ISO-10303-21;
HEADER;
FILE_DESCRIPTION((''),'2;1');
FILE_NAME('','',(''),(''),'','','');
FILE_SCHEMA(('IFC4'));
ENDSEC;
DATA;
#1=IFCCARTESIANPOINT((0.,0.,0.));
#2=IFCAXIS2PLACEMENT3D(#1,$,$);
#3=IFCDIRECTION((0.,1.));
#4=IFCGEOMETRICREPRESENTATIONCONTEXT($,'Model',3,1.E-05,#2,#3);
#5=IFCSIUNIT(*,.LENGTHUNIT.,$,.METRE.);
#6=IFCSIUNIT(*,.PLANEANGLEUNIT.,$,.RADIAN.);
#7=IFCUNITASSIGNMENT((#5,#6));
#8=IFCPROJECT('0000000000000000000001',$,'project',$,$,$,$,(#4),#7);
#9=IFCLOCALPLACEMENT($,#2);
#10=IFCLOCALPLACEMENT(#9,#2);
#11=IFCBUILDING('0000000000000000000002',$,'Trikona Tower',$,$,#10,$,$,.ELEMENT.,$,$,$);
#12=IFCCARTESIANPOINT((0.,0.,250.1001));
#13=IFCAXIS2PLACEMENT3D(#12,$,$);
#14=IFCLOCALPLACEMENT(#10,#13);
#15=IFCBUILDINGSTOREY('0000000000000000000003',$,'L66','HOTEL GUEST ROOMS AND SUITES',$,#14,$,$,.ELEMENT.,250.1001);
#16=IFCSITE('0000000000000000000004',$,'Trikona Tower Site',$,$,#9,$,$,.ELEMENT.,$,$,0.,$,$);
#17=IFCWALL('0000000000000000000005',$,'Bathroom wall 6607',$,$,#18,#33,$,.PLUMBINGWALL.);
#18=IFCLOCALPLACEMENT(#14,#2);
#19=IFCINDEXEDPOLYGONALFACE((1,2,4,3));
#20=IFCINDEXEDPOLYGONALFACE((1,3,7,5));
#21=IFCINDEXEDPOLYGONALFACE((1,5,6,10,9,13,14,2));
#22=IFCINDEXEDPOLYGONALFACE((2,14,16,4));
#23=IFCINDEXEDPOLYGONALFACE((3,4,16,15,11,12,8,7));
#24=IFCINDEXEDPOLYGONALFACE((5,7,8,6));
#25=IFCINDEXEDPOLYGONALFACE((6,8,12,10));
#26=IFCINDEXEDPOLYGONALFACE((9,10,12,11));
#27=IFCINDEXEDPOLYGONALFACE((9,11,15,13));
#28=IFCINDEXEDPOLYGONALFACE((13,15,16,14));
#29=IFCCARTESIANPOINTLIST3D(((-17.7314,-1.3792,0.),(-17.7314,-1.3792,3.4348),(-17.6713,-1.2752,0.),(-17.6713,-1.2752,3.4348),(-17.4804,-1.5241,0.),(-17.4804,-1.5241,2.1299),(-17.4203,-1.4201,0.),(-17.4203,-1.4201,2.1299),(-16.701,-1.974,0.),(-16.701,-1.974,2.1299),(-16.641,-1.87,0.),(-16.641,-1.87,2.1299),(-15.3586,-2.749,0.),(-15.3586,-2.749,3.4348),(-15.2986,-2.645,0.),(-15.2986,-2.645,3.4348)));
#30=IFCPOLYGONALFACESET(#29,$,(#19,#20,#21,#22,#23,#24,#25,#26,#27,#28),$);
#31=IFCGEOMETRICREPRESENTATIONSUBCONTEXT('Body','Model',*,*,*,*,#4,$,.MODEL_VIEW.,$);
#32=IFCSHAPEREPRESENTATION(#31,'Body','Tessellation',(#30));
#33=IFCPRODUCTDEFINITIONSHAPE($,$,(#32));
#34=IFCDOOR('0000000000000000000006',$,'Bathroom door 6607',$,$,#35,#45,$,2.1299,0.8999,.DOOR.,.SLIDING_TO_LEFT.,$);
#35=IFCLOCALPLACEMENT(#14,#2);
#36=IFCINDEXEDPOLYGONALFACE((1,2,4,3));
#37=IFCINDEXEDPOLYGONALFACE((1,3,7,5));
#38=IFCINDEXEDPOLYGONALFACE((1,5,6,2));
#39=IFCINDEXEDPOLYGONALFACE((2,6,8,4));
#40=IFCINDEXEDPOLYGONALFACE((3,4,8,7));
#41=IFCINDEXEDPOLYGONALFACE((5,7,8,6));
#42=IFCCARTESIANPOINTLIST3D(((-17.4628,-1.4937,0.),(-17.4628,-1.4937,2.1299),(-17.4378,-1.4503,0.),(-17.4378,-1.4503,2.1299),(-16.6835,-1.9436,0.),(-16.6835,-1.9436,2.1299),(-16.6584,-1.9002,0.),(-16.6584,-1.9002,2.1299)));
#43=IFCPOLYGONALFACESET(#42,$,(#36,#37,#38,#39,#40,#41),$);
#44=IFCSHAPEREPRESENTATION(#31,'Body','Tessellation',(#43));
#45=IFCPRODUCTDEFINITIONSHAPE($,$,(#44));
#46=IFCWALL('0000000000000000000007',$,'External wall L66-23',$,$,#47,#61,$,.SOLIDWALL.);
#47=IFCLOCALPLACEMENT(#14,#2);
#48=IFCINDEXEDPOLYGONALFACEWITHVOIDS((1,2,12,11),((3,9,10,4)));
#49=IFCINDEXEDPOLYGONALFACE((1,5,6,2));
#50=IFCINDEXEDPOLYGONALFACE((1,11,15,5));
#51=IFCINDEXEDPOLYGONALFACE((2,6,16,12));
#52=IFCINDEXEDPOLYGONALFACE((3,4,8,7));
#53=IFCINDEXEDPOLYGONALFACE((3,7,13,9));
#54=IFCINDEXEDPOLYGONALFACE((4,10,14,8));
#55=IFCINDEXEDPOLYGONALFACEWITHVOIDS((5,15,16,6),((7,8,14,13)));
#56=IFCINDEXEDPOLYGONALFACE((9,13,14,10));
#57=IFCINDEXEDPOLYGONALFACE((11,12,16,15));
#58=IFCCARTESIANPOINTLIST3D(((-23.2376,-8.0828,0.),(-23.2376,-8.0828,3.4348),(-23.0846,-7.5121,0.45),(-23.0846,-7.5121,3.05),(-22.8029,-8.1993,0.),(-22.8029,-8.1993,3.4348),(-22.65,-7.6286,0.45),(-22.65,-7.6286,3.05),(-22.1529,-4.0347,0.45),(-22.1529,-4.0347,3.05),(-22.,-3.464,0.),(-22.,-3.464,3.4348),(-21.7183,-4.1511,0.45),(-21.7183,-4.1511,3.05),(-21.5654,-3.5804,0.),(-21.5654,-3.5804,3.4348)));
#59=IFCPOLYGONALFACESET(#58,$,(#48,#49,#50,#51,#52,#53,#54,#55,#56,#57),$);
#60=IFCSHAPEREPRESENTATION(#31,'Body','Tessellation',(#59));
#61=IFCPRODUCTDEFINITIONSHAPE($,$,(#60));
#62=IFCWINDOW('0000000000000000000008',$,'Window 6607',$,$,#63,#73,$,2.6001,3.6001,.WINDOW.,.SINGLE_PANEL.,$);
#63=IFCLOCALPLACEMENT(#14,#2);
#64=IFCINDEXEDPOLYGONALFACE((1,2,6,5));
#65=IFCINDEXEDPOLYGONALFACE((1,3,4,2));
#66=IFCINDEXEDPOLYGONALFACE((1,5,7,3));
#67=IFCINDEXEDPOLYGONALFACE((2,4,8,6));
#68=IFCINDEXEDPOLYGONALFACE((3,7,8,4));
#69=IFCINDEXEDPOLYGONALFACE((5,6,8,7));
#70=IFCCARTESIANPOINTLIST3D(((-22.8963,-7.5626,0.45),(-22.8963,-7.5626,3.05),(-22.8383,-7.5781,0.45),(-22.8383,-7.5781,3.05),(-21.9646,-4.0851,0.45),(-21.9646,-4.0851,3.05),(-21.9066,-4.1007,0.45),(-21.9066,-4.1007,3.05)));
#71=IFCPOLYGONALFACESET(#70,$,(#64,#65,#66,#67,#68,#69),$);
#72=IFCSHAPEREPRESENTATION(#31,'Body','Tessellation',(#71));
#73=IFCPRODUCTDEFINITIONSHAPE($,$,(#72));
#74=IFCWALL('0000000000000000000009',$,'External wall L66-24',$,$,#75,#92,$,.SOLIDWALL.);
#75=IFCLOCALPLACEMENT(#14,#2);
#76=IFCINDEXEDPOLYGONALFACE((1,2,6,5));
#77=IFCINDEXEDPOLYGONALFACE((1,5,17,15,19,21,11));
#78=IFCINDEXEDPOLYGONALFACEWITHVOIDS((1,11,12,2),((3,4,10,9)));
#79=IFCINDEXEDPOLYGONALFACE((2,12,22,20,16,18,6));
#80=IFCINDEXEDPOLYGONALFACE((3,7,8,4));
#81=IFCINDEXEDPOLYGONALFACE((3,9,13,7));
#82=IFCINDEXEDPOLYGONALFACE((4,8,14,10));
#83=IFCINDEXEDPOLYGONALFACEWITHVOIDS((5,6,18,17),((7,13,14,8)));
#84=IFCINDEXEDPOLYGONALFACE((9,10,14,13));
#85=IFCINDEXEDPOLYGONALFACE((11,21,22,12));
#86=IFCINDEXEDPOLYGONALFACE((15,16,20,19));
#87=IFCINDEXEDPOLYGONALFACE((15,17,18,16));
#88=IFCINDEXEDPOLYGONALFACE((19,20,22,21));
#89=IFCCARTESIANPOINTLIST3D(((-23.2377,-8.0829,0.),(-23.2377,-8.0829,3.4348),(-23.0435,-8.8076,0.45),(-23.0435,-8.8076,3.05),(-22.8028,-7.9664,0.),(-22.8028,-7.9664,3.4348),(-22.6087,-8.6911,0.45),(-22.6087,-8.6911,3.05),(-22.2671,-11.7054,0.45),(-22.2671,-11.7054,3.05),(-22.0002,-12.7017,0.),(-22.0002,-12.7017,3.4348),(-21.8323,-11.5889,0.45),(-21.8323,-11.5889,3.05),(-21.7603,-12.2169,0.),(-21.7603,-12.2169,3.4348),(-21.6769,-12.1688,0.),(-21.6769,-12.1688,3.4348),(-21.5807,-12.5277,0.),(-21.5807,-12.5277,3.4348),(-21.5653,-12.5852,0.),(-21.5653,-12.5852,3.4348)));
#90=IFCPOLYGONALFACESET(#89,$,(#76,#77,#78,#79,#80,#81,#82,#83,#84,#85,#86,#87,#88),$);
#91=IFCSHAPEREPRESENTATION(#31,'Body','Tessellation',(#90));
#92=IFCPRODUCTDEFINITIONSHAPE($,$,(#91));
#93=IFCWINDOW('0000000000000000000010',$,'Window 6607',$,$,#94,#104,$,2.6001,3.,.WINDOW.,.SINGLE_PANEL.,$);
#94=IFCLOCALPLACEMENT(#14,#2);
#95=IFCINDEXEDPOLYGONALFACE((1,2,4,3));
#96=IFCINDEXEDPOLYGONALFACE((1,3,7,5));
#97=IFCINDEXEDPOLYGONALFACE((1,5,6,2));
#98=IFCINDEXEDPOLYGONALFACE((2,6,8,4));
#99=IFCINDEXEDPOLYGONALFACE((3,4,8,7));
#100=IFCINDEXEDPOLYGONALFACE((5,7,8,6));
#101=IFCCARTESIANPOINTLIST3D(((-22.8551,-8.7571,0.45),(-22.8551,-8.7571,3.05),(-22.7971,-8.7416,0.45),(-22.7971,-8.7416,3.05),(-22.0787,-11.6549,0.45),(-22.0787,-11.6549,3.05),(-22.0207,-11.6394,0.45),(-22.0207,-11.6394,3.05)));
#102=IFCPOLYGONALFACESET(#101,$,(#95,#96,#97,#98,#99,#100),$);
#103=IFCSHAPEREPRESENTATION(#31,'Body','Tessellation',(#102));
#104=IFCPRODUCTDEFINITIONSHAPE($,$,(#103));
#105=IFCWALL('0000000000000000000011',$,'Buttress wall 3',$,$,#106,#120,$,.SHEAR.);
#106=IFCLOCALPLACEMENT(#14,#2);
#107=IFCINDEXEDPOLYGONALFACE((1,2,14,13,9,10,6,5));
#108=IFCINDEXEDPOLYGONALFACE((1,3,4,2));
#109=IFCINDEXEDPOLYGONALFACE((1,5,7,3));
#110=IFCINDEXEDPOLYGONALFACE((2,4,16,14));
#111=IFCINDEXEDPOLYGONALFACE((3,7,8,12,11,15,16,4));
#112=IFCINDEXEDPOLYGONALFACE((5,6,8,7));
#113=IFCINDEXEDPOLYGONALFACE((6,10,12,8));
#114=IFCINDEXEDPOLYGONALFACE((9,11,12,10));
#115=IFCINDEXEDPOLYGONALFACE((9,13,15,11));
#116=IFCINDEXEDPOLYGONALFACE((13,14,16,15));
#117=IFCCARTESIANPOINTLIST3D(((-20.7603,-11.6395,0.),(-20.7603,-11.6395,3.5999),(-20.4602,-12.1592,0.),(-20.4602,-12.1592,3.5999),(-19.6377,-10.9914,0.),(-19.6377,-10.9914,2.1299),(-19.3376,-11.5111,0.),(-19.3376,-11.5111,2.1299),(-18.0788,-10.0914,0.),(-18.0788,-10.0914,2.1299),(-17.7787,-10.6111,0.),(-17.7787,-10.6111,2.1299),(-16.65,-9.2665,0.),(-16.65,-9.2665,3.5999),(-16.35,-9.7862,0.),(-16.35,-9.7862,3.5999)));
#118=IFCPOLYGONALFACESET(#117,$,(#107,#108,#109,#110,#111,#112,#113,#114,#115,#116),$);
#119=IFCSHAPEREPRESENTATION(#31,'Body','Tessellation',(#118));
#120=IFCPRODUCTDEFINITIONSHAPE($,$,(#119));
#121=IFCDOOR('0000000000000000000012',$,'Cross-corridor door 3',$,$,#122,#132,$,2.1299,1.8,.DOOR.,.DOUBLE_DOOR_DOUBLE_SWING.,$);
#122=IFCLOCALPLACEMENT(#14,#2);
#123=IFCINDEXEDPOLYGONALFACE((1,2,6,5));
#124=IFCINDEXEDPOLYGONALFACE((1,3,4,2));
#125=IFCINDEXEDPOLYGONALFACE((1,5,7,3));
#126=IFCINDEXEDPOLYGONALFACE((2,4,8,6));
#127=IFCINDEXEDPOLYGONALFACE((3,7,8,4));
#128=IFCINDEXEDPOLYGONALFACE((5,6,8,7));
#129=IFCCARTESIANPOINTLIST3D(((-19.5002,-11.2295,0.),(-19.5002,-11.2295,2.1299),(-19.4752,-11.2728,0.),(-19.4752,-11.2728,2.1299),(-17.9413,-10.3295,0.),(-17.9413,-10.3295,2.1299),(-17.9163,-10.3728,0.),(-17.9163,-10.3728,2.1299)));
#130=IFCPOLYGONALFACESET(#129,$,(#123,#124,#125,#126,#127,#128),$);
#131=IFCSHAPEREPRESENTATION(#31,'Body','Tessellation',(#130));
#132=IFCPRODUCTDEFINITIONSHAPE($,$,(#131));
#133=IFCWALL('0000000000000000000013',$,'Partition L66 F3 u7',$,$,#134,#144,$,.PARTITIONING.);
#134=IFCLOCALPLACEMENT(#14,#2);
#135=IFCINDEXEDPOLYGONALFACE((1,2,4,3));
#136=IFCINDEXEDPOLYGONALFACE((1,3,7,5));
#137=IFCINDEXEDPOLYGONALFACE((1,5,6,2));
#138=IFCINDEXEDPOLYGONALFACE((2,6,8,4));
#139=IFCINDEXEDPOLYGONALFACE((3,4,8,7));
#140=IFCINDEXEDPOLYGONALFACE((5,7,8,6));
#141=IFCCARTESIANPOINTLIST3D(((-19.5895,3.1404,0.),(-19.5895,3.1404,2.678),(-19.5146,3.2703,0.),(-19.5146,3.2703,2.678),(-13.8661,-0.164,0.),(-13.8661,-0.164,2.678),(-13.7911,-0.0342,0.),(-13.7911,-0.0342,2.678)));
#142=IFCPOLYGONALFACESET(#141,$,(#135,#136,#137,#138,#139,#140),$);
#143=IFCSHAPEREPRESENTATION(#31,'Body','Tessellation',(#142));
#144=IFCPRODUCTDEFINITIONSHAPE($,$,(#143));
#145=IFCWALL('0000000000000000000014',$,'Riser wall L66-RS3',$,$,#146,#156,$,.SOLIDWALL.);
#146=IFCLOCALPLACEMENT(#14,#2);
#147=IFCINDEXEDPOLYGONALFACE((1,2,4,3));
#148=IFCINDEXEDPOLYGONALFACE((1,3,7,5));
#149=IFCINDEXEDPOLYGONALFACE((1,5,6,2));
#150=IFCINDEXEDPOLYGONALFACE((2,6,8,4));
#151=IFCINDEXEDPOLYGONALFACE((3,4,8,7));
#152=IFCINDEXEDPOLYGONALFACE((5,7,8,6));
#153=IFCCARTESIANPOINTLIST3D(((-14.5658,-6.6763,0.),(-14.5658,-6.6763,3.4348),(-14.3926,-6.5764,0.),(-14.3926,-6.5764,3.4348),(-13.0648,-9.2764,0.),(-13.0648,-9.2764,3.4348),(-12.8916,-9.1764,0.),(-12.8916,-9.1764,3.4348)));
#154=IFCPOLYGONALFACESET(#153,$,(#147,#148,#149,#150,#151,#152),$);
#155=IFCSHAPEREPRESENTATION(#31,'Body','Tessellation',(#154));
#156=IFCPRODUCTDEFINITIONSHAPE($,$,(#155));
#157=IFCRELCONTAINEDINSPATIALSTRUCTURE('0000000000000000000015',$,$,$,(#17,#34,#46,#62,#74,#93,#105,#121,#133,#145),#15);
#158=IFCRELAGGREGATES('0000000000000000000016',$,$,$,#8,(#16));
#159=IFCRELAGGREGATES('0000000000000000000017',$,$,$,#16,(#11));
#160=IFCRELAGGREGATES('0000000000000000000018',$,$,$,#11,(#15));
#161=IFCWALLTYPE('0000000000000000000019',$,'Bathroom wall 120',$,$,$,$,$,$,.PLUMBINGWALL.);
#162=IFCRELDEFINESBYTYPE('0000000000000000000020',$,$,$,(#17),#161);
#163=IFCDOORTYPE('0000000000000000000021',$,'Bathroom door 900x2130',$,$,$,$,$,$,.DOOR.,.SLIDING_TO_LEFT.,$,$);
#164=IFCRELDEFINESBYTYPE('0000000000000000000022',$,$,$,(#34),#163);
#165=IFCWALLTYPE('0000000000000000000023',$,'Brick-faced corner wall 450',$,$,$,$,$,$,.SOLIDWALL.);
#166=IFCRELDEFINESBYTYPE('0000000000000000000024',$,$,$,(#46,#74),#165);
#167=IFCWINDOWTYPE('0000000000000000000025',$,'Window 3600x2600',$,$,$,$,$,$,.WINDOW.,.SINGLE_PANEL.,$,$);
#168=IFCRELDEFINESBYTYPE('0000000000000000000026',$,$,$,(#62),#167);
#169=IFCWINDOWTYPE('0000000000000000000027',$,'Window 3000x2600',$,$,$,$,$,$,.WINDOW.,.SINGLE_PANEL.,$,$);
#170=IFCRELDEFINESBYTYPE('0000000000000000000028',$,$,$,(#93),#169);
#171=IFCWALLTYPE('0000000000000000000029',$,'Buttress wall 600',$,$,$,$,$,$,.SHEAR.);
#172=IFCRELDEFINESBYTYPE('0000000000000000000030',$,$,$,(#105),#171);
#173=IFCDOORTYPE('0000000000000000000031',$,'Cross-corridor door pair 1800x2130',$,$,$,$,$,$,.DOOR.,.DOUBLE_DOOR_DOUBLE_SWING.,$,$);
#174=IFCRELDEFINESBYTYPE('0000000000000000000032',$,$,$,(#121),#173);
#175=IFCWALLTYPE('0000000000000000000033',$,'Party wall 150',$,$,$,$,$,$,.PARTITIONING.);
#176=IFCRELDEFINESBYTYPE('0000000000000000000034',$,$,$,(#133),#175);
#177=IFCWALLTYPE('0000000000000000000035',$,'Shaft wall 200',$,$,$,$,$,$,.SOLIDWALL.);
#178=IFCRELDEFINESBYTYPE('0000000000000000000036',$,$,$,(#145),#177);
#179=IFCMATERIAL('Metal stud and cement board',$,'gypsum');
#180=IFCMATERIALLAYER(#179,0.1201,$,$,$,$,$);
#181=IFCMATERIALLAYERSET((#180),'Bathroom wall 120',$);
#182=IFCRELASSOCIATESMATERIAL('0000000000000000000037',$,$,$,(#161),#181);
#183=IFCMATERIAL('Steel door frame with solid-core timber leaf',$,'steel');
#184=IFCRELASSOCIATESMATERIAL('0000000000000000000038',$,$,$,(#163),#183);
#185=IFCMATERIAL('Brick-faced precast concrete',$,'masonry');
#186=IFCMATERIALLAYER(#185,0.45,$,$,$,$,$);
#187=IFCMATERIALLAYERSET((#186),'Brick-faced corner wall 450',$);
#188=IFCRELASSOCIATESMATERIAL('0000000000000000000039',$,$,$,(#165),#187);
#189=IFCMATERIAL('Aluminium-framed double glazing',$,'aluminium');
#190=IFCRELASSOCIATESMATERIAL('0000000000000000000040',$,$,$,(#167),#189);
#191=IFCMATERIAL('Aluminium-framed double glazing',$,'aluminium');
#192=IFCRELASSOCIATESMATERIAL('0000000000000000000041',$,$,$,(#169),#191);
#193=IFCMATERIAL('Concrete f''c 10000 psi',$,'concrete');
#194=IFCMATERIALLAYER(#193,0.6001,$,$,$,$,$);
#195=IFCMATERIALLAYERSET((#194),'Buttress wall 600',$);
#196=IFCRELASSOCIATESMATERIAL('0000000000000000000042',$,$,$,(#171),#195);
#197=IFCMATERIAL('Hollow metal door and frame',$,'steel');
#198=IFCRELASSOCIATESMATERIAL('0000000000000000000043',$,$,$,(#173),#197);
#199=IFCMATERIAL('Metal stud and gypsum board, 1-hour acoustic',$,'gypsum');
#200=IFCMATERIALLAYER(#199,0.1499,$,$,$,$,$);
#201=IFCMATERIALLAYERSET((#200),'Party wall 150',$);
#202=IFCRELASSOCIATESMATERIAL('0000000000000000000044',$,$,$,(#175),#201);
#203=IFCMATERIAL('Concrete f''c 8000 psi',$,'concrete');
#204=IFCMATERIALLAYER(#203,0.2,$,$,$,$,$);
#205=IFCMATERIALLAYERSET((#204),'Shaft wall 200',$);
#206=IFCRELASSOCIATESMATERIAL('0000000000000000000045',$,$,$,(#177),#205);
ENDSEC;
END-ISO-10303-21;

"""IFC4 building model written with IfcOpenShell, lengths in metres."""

from ifc_helpers import new_model, si_unit, direction, frame, frame_2d, origin, place, context, subcontext, project, spatial, polyline, rectangle, outline, extrude, material, layer, layer_set, type_object, element, fill, save


model = new_model("IFC4")

# Units and contexts
model_context = context("Model", 3, precision=1e-05, world=origin(), true_north=direction((0.0, 1.0)))
body_context = subcontext(model_context, "Body", "Model", "MODEL_VIEW")
ifc_project = project(units=[si_unit("LENGTHUNIT", "METRE"), si_unit("PLANEANGLEUNIT", "RADIAN")], contexts=[model_context])

# Site, building, storey
site_placement = place(None, origin())
site = spatial("IfcSite", under=ifc_project, at=site_placement, Name="Trikona Tower Site", CompositionType="ELEMENT", RefElevation=0.0)
building_placement = place(site_placement, origin())
building = spatial("IfcBuilding", under=site, at=building_placement, Name="Trikona Tower", CompositionType="ELEMENT")
storey_placement = place(building_placement, frame((0.0, 0.0, 250.1001)))
storey = spatial("IfcBuildingStorey", under=building, at=storey_placement, Name="L66", Description="HOTEL GUEST ROOMS AND SUITES", CompositionType="ELEMENT", Elevation=250.1001)

# Shared definitions
ifc_material_1 = material(Name="Metal stud and cement board", Category="gypsum")
ifc_layer_1 = layer(ifc_material_1, 0.1201)
ifc_layer_set_1 = layer_set([ifc_layer_1], Name="Bathroom wall 120")
wall_type_1 = type_object("IfcWallType", Name="Bathroom wall 120", PredefinedType="PLUMBINGWALL", material=ifc_layer_set_1)
ifc_material_2 = material(Name="Steel door frame with solid-core timber leaf", Category="steel")
door_type_1 = type_object("IfcDoorType", Name="Bathroom door 900x2130", OperationType="SLIDING_TO_LEFT", PredefinedType="DOOR", material=ifc_material_2)

# Wall, opening, door
wall_1_placement = place(storey_placement, frame((-15.3286, -2.697, 0.0), z_axis=(0.0, 0.0, 1.0), x_axis=(-0.866036, 0.499982, 0.0)))
wall_1 = element("IfcWall", 1, at=wall_1_placement, inside=storey, type_object=wall_type_1, Name="Bathroom wall 6607", PredefinedType="PLUMBINGWALL", context=body_context, shape_type="SweptSolid", body=[
    extrude(rectangle(XDim=2.7397, YDim=0.1201, at=frame_2d((1.3699, 0.0))), origin(), (0.0, 0.0, 1.0), 3.4348),
])
opening_1_placement = place(wall_1_placement, frame((1.55, 0.0, 0.0)))
opening_1 = element("IfcOpeningElement", 2, at=opening_1_placement, cuts=wall_1, PredefinedType="OPENING", context=body_context, shape_type="SweptSolid", body=[
    extrude(rectangle(XDim=0.8999, YDim=2.1299, at=frame_2d((0.45, 1.0649))), frame((0.0, 0.0701, 0.0), z_axis=(0.0, -1.0, 0.0), x_axis=(1.0, 0.0, 0.0)), (0.0, 0.0, 1.0), 0.1401),
])
door_1_placement = place(opening_1_placement, origin())
door_1 = element("IfcDoor", 3, at=door_1_placement, inside=storey, type_object=door_type_1, Name="Bathroom door 6607", OperationType="SLIDING_TO_LEFT", OverallHeight=2.1299, OverallWidth=0.8999, PredefinedType="DOOR", context=body_context, shape_type="SweptSolid", body=[
    extrude(rectangle(XDim=0.8999, YDim=2.1299, at=frame_2d((0.45, 1.0649))), frame((0.0, 0.0249, 0.0), z_axis=(0.0, -1.0, 0.0), x_axis=(1.0, 0.0, 0.0)), (0.0, 0.0, 1.0), 0.05),
])
fill(opening_1, door_1)

# Walls, openings, windows
ifc_material_3 = material(Name="Brick-faced precast concrete", Category="masonry")
ifc_layer_2 = layer(ifc_material_3, 0.45)
ifc_layer_set_2 = layer_set([ifc_layer_2], Name="Brick-faced corner wall 450")
wall_type_2 = type_object("IfcWallType", Name="Brick-faced corner wall 450", PredefinedType="SOLIDWALL", material=ifc_layer_set_2)
wall_2_placement = place(storey_placement, frame((-21.7827, -3.5222, 0.0), z_axis=(0.0, 0.0, 1.0), x_axis=(-0.258803, -0.96593, 0.0)))
wall_2 = element("IfcWall", 4, at=wall_2_placement, inside=storey, type_object=wall_type_2, Name="External wall L66-23", PredefinedType="SOLIDWALL", context=body_context, shape_type="SweptSolid", body=[
    extrude(rectangle(XDim=4.7817, YDim=0.45, at=frame_2d((2.3909, 0.0))), origin(), (0.0, 0.0, 1.0), 3.4348),
])
opening_2_placement = place(wall_2_placement, frame((0.5908, 0.0, 0.45)))
opening_2 = element("IfcOpeningElement", 5, at=opening_2_placement, cuts=wall_2, PredefinedType="OPENING", context=body_context, shape_type="SweptSolid", body=[
    extrude(rectangle(XDim=3.6001, YDim=2.6001, at=frame_2d((1.8, 1.3))), frame((0.0, 0.2349, 0.0), z_axis=(0.0, -1.0, 0.0), x_axis=(1.0, 0.0, 0.0)), (0.0, 0.0, 1.0), 0.47),
])
ifc_material_4 = material(Name="Aluminium-framed double glazing", Category="aluminium")
window_type_1 = type_object("IfcWindowType", Name="Window 3600x2600", PartitioningType="SINGLE_PANEL", PredefinedType="WINDOW", material=ifc_material_4)
window_1_placement = place(opening_2_placement, origin())
window_1 = element("IfcWindow", 6, at=window_1_placement, inside=storey, type_object=window_type_1, Name="Window 6607", OverallHeight=2.6001, OverallWidth=3.6001, PartitioningType="SINGLE_PANEL", PredefinedType="WINDOW", context=body_context, shape_type="SweptSolid", body=[
    extrude(rectangle(XDim=3.6001, YDim=2.6001, at=frame_2d((1.8, 1.3))), frame((0.0, 0.03, 0.0), z_axis=(0.0, -1.0, 0.0), x_axis=(1.0, 0.0, 0.0)), (0.0, 0.0, 1.0), 0.0601),
])
fill(opening_2, window_1)
wall_3_placement = place(storey_placement, frame((-23.0203, -8.0247, 0.0), z_axis=(0.0, 0.0, 1.0), x_axis=(0.258803, -0.96593, 0.0)))
wall_3 = element("IfcWall", 7, at=wall_3_placement, inside=storey, type_object=wall_type_2, Name="External wall L66-24", PredefinedType="SOLIDWALL", context=body_context, shape_type="SweptSolid", body=[
    extrude(outline(polyline([(4.7817, 0.2251), (4.7222, 0.2251), (4.3755, 0.1321), (4.3506, 0.2251), (0.0, 0.2251), (0.0, -0.2251), (4.7817, -0.2251), (4.7817, 0.2251)])), origin(), (0.0, 0.0, 1.0), 3.4348),
])
opening_3_placement = place(wall_3_placement, frame((0.7502, 0.0, 0.45)))
opening_3 = element("IfcOpeningElement", 8, at=opening_3_placement, cuts=wall_3, PredefinedType="OPENING", context=body_context, shape_type="SweptSolid", body=[
    extrude(rectangle(XDim=3.0, YDim=2.6001, at=frame_2d((1.5, 1.3))), frame((0.0, 0.2349, 0.0), z_axis=(0.0, -1.0, 0.0), x_axis=(1.0, 0.0, 0.0)), (0.0, 0.0, 1.0), 0.47),
])
ifc_material_5 = material(Name="Aluminium-framed double glazing", Category="aluminium")
window_type_2 = type_object("IfcWindowType", Name="Window 3000x2600", PartitioningType="SINGLE_PANEL", PredefinedType="WINDOW", material=ifc_material_5)
window_2_placement = place(opening_3_placement, origin())
window_2 = element("IfcWindow", 9, at=window_2_placement, inside=storey, type_object=window_type_2, Name="Window 6607", OverallHeight=2.6001, OverallWidth=3.0, PartitioningType="SINGLE_PANEL", PredefinedType="WINDOW", context=body_context, shape_type="SweptSolid", body=[
    extrude(rectangle(XDim=3.0, YDim=2.6001, at=frame_2d((1.5, 1.3))), frame((0.0, 0.03, 0.0), z_axis=(0.0, -1.0, 0.0), x_axis=(1.0, 0.0, 0.0)), (0.0, 0.0, 1.0), 0.0601),
])
fill(opening_3, window_2)

# Wall, opening, door
ifc_material_6 = material(Name="Concrete f'c 10000 psi", Category="concrete")
ifc_layer_3 = layer(ifc_material_6, 0.6001)
ifc_layer_set_3 = layer_set([ifc_layer_3], Name="Buttress wall 600")
wall_type_3 = type_object("IfcWallType", Name="Buttress wall 600", PredefinedType="SHEAR", material=ifc_layer_set_3)
wall_4_placement = place(storey_placement, frame((-16.5, -9.5264, 0.0), z_axis=(0.0, 0.0, 1.0), x_axis=(-0.866031, -0.49999, 0.0)))
wall_4 = element("IfcWall", 10, at=wall_4_placement, inside=storey, type_object=wall_type_3, Name="Buttress wall 3", PredefinedType="SHEAR", context=body_context, shape_type="SweptSolid", body=[
    extrude(rectangle(XDim=4.7461, YDim=0.6001, at=frame_2d((2.373, 0.0))), origin(), (0.0, 0.0, 1.0), 3.5999),
])
opening_4_placement = place(wall_4_placement, frame((1.6499, 0.0, 0.0)))
opening_4 = element("IfcOpeningElement", 11, at=opening_4_placement, cuts=wall_4, PredefinedType="OPENING", context=body_context, shape_type="SweptSolid", body=[
    extrude(rectangle(XDim=1.8, YDim=2.1299, at=frame_2d((0.8999, 1.0649))), frame((0.0, 0.3101, 0.0), z_axis=(0.0, -1.0, 0.0), x_axis=(1.0, 0.0, 0.0)), (0.0, 0.0, 1.0), 0.6201),
])
ifc_material_7 = material(Name="Hollow metal door and frame", Category="steel")
door_type_2 = type_object("IfcDoorType", Name="Cross-corridor door pair 1800x2130", OperationType="DOUBLE_DOOR_DOUBLE_SWING", PredefinedType="DOOR", material=ifc_material_7)
door_2_placement = place(opening_4_placement, origin())
door_2 = element("IfcDoor", 12, at=door_2_placement, inside=storey, type_object=door_type_2, Name="Cross-corridor door 3", OperationType="DOUBLE_DOOR_DOUBLE_SWING", OverallHeight=2.1299, OverallWidth=1.8, PredefinedType="DOOR", context=body_context, shape_type="SweptSolid", body=[
    extrude(rectangle(XDim=1.8, YDim=2.1299, at=frame_2d((0.8999, 1.0649))), frame((0.0, 0.0249, 0.0), z_axis=(0.0, -1.0, 0.0), x_axis=(1.0, 0.0, 0.0)), (0.0, 0.0, 1.0), 0.05),
])
fill(opening_4, door_2)

# Walls
ifc_material_8 = material(Name="Metal stud and gypsum board, 1-hour acoustic", Category="gypsum")
ifc_layer_4 = layer(ifc_material_8, 0.1499)
ifc_layer_set_4 = layer_set([ifc_layer_4], Name="Party wall 150")
wall_type_4 = type_object("IfcWallType", Name="Party wall 150", PredefinedType="PARTITIONING", material=ifc_layer_set_4)
wall_5_placement = place(storey_placement, frame((-13.8286, -0.0991, 0.0), z_axis=(0.0, 0.0, 1.0), x_axis=(-0.866023, 0.500005, 0.0)))
element("IfcWall", 13, at=wall_5_placement, inside=storey, type_object=wall_type_4, Name="Partition L66 F3 u7", PredefinedType="PARTITIONING", context=body_context, shape_type="SweptSolid", body=[
    extrude(rectangle(XDim=6.6089, YDim=0.1499, at=frame_2d((3.3044, 0.0))), origin(), (0.0, 0.0, 1.0), 2.678),
])
ifc_material_9 = material(Name="Concrete f'c 8000 psi", Category="concrete")
ifc_layer_5 = layer(ifc_material_9, 0.2)
ifc_layer_set_5 = layer_set([ifc_layer_5], Name="Shaft wall 200")
wall_type_5 = type_object("IfcWallType", Name="Shaft wall 200", PredefinedType="SOLIDWALL", material=ifc_layer_set_5)
wall_6_placement = place(storey_placement, frame((-12.9783, -9.2263, 0.0), z_axis=(0.0, 0.0, 1.0), x_axis=(-0.499952, 0.866053, 0.0)))
element("IfcWall", 14, at=wall_6_placement, inside=storey, type_object=wall_type_5, Name="Riser wall L66-RS3", PredefinedType="SOLIDWALL", context=body_context, shape_type="SweptSolid", body=[
    extrude(rectangle(XDim=3.0022, YDim=0.2, at=frame_2d((1.501, 0.0))), origin(), (0.0, 0.0, 1.0), 3.4348),
])

save(model, "model.ifc")
